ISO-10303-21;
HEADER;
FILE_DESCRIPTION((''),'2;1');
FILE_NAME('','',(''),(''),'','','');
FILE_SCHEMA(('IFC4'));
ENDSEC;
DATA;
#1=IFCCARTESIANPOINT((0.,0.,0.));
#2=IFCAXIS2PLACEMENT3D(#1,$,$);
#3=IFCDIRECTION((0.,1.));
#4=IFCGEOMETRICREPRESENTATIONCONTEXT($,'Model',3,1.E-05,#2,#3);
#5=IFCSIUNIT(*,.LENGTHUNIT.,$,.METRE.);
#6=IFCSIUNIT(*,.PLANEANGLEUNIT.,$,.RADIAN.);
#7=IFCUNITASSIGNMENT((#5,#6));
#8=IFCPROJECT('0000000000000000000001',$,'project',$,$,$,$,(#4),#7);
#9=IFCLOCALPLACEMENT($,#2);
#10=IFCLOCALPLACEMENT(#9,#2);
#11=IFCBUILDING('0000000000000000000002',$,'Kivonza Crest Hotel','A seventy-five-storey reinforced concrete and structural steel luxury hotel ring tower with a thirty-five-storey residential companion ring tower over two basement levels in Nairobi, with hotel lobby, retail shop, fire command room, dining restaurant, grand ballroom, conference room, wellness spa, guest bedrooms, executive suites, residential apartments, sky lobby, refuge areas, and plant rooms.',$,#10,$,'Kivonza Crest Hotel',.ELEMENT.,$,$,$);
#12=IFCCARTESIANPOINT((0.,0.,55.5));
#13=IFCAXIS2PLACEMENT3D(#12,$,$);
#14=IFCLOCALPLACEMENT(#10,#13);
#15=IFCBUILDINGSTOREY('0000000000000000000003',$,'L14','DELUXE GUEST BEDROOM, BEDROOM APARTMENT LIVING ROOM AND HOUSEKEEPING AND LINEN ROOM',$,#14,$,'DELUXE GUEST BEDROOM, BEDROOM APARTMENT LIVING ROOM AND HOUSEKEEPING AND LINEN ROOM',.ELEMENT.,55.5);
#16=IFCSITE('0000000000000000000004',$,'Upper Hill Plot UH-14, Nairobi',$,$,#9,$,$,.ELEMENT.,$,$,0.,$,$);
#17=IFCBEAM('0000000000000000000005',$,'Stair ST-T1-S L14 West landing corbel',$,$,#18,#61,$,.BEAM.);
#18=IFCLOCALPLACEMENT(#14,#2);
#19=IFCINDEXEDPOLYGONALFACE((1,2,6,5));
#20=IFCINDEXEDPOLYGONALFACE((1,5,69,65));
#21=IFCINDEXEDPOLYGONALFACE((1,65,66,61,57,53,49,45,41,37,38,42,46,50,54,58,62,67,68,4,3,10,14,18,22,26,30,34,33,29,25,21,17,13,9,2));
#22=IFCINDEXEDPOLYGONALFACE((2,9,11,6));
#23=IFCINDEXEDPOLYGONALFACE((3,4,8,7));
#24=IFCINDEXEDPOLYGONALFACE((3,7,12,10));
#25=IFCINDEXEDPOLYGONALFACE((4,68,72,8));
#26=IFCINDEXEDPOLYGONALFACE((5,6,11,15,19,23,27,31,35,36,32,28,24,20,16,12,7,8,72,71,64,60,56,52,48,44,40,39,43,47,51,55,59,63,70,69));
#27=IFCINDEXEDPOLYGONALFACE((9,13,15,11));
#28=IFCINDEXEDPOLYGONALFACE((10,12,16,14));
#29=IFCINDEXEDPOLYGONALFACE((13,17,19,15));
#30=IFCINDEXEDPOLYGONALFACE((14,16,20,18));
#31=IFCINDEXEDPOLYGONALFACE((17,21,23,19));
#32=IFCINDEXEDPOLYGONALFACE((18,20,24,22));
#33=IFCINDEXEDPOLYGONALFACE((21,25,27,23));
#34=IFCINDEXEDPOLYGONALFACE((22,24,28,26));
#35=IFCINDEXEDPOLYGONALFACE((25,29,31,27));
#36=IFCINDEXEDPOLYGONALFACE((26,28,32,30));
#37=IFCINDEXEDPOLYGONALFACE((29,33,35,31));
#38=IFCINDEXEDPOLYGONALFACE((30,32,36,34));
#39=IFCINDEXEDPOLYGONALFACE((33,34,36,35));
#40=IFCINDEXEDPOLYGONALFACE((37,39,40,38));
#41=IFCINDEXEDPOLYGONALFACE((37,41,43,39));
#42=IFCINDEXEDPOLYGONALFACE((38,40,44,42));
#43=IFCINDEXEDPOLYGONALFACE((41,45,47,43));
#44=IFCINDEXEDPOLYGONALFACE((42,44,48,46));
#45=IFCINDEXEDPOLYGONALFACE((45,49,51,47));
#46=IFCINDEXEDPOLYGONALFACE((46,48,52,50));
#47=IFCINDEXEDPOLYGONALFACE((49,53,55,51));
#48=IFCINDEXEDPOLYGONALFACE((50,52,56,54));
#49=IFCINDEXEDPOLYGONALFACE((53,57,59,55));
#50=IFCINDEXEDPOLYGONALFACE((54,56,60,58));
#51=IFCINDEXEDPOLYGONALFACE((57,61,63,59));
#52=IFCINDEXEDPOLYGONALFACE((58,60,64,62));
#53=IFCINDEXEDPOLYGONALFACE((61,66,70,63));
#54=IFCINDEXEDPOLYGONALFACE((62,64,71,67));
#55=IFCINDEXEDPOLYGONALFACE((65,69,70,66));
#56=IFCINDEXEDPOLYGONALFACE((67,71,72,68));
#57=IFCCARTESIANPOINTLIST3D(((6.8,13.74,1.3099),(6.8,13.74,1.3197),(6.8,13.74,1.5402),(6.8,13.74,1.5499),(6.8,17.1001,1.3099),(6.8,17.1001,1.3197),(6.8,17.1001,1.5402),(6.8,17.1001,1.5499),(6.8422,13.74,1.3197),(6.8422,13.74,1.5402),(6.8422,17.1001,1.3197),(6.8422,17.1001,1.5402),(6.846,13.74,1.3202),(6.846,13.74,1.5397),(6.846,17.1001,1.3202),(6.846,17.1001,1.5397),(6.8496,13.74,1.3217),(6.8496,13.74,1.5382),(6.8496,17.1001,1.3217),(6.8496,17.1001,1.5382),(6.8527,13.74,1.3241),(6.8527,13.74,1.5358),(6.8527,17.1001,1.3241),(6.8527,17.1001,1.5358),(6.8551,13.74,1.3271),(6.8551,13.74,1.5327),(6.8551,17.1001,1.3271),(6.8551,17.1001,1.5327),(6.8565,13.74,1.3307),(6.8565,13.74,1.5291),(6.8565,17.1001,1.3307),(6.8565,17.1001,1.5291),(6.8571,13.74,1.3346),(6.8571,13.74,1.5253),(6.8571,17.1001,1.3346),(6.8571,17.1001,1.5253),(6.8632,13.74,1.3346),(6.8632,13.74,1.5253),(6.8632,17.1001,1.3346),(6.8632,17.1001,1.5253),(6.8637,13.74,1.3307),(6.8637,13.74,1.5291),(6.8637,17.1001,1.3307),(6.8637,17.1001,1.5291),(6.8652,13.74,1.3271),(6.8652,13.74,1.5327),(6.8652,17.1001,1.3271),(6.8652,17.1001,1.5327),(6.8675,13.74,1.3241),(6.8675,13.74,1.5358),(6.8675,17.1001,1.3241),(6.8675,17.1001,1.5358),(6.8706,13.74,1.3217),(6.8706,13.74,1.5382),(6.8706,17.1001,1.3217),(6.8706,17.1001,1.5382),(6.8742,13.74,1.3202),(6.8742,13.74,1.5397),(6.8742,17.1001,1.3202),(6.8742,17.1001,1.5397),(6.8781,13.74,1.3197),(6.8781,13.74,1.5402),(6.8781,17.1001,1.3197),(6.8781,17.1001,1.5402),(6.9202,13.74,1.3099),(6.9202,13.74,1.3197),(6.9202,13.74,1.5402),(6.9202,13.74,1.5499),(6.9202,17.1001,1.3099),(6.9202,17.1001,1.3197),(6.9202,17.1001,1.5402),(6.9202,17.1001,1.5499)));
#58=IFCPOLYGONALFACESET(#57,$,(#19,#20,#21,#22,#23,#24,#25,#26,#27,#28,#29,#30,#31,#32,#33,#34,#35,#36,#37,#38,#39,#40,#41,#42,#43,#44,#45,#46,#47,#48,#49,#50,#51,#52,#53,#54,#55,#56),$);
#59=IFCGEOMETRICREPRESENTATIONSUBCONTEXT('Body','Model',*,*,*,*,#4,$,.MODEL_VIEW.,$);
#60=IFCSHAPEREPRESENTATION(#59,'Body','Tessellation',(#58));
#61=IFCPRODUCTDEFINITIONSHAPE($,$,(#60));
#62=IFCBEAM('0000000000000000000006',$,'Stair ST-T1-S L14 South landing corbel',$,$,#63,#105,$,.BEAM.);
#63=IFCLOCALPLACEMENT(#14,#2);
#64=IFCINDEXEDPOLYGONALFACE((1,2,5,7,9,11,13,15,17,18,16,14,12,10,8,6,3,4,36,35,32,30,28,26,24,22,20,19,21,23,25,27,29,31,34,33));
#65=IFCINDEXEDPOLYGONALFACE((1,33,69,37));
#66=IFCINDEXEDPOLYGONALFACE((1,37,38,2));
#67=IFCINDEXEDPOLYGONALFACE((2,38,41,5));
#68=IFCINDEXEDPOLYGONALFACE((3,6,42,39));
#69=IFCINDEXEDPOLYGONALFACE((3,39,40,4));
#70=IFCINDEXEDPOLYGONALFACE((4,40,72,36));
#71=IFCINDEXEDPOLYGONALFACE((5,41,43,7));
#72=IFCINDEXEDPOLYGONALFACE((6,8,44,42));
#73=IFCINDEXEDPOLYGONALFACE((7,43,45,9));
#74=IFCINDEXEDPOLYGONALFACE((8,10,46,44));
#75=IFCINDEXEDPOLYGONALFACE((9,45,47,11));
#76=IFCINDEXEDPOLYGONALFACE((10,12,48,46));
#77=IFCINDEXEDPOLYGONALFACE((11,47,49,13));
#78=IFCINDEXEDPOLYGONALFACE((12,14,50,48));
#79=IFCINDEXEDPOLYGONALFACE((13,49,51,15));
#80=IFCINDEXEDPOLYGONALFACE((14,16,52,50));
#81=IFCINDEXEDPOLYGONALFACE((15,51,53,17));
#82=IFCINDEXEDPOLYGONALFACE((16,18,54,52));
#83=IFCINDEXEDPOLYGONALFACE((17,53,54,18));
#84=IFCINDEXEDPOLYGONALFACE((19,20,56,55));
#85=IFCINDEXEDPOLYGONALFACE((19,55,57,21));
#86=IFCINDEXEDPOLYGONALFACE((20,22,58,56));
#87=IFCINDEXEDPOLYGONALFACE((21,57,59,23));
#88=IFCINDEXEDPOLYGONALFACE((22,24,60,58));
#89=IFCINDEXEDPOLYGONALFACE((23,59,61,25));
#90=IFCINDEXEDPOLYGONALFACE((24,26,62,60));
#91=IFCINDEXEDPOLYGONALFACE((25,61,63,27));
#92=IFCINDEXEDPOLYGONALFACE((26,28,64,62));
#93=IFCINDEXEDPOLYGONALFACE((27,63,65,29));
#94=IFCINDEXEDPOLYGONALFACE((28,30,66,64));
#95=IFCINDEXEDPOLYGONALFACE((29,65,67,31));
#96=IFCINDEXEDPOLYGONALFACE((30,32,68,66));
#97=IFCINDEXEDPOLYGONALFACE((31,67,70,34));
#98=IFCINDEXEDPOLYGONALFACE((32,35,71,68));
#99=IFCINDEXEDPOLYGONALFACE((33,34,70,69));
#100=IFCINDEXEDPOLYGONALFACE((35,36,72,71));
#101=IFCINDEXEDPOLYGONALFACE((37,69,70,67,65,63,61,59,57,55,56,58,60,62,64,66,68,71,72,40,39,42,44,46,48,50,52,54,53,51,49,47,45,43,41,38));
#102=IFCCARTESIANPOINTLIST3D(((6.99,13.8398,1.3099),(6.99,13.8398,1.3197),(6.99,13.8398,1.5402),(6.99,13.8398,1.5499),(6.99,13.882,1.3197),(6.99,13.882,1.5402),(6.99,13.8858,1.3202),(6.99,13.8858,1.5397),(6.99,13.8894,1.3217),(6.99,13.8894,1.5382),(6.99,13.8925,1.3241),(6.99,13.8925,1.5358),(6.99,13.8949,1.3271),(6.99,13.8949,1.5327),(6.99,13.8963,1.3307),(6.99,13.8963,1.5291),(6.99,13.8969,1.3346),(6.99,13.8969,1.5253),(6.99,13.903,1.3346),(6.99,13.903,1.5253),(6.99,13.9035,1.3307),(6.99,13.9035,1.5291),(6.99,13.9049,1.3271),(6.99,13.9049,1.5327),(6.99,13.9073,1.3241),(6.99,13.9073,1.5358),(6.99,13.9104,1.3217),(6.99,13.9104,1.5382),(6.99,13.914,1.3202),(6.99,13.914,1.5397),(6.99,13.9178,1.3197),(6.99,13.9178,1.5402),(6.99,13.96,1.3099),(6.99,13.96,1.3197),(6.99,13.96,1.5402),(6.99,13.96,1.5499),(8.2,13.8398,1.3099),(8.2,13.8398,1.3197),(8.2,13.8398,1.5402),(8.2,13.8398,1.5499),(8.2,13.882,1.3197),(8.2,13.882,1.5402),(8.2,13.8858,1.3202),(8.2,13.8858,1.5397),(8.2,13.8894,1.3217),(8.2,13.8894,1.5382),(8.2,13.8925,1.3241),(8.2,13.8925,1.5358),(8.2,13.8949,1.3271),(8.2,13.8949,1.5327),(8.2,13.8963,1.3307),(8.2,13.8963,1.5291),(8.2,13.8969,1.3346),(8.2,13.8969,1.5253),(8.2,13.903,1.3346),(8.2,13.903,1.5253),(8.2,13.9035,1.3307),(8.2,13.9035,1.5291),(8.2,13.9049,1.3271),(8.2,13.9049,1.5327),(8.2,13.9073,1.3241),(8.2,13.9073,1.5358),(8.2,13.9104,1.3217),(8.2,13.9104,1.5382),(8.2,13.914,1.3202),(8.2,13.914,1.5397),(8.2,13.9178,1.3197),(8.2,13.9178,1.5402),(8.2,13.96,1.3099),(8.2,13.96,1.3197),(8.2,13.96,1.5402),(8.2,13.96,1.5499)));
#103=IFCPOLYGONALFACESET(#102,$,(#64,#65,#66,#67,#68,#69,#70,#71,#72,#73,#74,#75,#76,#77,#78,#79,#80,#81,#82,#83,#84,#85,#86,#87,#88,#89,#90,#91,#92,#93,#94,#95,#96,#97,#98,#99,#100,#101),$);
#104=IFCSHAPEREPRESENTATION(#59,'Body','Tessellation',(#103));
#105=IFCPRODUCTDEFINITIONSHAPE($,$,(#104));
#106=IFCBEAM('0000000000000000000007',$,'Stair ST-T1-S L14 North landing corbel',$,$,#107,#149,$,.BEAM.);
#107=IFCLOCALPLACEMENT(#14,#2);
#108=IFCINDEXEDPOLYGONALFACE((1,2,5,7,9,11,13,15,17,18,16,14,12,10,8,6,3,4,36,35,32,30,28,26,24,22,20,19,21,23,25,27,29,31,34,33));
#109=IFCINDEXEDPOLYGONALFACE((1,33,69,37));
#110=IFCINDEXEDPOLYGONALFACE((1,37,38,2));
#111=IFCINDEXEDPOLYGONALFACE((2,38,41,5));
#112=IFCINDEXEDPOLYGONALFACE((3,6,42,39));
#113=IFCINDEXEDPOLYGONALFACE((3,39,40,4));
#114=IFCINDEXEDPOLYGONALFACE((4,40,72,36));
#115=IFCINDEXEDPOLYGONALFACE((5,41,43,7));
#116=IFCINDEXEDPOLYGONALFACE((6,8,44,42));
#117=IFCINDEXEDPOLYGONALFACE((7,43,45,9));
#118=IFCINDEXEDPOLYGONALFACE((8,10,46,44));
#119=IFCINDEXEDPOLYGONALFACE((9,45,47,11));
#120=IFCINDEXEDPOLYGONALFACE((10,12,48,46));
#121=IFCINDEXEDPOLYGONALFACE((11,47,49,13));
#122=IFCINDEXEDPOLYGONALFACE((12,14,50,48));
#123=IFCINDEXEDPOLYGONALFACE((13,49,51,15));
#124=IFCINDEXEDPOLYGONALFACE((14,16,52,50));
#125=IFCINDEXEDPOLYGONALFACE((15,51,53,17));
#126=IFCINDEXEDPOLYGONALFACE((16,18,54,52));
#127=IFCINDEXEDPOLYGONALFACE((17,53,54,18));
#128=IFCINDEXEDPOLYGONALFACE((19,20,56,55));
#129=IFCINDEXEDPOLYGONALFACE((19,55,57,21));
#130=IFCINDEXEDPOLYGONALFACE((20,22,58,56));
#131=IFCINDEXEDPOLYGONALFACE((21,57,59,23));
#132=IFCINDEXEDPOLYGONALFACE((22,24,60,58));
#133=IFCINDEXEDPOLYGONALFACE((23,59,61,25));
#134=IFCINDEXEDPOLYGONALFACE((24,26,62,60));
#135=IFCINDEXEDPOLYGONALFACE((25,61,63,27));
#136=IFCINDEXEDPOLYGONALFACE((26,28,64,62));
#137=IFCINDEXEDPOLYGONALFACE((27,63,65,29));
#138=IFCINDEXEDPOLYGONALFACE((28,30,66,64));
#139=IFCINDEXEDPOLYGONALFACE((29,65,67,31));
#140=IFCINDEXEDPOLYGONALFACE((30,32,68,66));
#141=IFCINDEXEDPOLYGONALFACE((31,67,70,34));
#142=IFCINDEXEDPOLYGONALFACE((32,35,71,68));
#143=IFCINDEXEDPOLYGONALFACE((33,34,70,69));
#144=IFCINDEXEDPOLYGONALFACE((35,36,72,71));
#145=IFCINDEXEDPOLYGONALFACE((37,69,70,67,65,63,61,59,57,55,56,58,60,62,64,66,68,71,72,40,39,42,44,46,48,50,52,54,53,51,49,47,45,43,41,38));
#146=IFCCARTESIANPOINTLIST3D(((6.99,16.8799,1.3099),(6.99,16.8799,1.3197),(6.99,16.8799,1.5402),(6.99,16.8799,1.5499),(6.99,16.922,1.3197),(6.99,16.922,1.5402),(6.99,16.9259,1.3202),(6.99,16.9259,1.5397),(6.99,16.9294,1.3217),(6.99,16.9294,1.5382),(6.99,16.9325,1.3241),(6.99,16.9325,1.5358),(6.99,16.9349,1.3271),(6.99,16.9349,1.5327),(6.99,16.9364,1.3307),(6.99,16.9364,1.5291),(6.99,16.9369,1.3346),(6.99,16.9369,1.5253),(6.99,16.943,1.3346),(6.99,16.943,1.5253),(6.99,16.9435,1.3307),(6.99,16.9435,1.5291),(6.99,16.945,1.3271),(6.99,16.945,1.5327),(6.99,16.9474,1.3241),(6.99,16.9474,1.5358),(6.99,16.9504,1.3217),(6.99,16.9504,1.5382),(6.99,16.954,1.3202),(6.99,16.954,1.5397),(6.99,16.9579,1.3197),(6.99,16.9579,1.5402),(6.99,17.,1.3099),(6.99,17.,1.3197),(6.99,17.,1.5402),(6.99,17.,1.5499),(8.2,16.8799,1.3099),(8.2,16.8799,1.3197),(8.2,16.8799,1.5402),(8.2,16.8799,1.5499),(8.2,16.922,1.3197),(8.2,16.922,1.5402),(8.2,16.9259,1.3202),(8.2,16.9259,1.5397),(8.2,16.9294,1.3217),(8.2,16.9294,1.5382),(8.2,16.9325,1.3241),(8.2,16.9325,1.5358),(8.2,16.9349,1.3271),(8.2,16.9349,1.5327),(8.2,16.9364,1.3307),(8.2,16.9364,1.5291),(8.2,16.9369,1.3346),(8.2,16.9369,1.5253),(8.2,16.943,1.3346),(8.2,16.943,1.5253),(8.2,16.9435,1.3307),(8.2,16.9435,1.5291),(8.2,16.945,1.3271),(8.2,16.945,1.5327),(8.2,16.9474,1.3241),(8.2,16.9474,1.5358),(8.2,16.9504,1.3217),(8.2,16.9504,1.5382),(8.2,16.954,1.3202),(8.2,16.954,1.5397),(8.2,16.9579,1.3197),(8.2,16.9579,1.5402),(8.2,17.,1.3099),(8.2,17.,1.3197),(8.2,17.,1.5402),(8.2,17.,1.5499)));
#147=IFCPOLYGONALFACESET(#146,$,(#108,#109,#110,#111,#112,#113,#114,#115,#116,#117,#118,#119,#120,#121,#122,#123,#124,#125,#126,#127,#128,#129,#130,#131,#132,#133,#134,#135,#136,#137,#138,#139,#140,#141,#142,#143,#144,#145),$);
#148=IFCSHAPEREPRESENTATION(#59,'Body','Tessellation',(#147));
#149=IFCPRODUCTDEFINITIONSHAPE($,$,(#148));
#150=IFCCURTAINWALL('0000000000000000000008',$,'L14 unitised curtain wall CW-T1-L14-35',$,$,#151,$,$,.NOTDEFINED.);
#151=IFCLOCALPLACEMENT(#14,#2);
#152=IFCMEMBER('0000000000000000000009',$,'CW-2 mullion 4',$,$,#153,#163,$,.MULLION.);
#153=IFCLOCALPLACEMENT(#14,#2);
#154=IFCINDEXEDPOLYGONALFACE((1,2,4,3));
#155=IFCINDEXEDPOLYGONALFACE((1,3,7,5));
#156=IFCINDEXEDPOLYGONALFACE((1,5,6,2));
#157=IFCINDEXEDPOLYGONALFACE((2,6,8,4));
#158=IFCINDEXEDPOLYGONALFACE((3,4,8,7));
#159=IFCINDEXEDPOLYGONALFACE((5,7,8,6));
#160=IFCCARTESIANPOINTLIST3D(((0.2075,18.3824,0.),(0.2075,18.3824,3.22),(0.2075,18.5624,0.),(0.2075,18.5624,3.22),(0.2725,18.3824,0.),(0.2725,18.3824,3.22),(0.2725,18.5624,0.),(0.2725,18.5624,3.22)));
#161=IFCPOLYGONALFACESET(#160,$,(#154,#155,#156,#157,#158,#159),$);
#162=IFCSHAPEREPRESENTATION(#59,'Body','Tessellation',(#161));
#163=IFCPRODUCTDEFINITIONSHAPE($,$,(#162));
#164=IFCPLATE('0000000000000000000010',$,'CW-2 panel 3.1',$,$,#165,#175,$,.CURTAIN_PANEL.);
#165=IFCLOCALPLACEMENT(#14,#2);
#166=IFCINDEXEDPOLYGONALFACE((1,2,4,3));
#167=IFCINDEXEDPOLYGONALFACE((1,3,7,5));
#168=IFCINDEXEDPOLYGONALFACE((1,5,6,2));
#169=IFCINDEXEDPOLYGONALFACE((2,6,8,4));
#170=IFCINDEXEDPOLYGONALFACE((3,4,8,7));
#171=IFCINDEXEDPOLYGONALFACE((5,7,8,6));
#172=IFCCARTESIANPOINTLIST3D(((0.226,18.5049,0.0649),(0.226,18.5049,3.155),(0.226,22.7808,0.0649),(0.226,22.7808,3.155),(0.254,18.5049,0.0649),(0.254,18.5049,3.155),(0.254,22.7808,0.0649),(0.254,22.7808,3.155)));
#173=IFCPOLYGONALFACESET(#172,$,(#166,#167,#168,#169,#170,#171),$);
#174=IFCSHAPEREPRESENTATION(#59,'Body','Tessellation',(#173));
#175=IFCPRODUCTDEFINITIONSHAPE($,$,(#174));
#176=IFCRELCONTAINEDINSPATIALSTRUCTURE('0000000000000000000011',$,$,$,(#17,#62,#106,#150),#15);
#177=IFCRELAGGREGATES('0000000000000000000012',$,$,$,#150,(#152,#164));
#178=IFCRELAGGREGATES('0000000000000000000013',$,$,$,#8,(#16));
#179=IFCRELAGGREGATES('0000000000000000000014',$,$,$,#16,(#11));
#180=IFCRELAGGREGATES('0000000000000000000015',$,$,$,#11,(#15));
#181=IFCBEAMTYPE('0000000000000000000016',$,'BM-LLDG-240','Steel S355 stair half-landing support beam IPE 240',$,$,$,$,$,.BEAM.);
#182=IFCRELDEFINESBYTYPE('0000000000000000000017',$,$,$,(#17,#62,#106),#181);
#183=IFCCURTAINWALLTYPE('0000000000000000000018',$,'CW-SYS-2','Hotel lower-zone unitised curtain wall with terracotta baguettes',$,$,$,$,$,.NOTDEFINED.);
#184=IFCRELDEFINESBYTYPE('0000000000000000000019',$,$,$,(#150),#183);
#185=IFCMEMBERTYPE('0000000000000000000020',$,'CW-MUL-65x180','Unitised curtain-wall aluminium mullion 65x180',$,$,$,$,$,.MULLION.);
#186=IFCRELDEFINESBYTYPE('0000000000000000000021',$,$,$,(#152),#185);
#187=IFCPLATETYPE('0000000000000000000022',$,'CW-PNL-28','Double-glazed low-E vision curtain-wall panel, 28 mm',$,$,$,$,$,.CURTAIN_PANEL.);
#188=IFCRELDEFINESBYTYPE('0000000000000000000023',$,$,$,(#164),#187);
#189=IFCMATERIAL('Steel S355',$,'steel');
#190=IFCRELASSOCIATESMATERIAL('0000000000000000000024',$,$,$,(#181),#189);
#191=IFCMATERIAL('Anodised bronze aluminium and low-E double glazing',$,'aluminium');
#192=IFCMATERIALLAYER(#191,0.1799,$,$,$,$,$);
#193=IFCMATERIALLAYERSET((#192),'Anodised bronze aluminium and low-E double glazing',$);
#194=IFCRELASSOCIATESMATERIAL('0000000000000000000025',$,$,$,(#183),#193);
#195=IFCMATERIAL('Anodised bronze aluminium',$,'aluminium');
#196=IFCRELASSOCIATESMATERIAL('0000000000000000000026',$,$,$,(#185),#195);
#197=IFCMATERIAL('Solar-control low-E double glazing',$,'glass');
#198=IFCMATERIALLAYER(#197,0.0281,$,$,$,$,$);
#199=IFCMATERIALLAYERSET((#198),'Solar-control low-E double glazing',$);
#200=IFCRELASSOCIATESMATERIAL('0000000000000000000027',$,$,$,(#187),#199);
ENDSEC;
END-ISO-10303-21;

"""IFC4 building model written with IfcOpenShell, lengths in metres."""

from ifc_helpers import new_model, si_unit, direction, frame, origin, origin_2d, place, context, subcontext, project, spatial, rectangle, i_section, extrude, material, layer, layer_set, material_profile, profile_set, type_object, element, aggregate, save


model = new_model("IFC4")

# Units and contexts
model_context = context("Model", 3, precision=1e-05, world=origin(), true_north=direction((0.0, 1.0)))
body_context = subcontext(model_context, "Body", "Model", "MODEL_VIEW")
ifc_project = project(units=[si_unit("LENGTHUNIT", "METRE"), si_unit("PLANEANGLEUNIT", "RADIAN")], contexts=[model_context])

# Site, building, storey
site_placement = place(None, origin())
site = spatial("IfcSite", under=ifc_project, at=site_placement, Name="Upper Hill Plot UH-14, Nairobi", CompositionType="ELEMENT", RefElevation=0.0)
building_placement = place(site_placement, origin())
building = spatial("IfcBuilding", under=site, at=building_placement, Name="Kivonza Crest Hotel", Description="A seventy-five-storey reinforced concrete and structural steel luxury hotel ring tower with a thirty-five-storey residential companion ring tower over two basement levels in Nairobi, with hotel lobby, retail shop, fire command room, dining restaurant, grand ballroom, conference room, wellness spa, guest bedrooms, executive suites, residential apartments, sky lobby, refuge areas, and plant rooms.", LongName="Kivonza Crest Hotel", CompositionType="ELEMENT")
storey_placement = place(building_placement, frame((0.0, 0.0, 55.5)))
storey = spatial("IfcBuildingStorey", under=building, at=storey_placement, Name="L14", Description="DELUXE GUEST BEDROOM, BEDROOM APARTMENT LIVING ROOM AND HOUSEKEEPING AND LINEN ROOM", LongName="DELUXE GUEST BEDROOM, BEDROOM APARTMENT LIVING ROOM AND HOUSEKEEPING AND LINEN ROOM", CompositionType="ELEMENT", Elevation=55.5)

# Beams
ifc_material_1 = material(Name="Steel S355", Category="steel")
ifc_material_profile_1 = material_profile(ifc_material_1, i_section(OverallWidth=0.1201, OverallDepth=0.24, WebThickness=0.0061, FlangeThickness=0.0098, FilletRadius=0.0149, at=origin_2d()), Name="IPE 240")
ifc_profile_set_1 = profile_set([ifc_material_profile_1], Name="Steel S355")
beam_type_1 = type_object("IfcBeamType", Name="BM-LLDG-240", Description="Steel S355 stair half-landing support beam IPE 240", PredefinedType="BEAM", material=ifc_profile_set_1)
beam_1_placement = place(storey_placement, frame((6.8601, 13.74, 1.4299), z_axis=(0.0, 1.0, 0.0), x_axis=(-1.0, 0.0, 0.0)))
element("IfcBeam", 1, at=beam_1_placement, inside=storey, type_object=beam_type_1, Name="Stair ST-T1-S L14 West landing corbel", PredefinedType="BEAM", context=body_context, shape_type="SweptSolid", body=[
    extrude(i_section(OverallWidth=0.1201, OverallDepth=0.24, WebThickness=0.0061, FlangeThickness=0.0098, FilletRadius=0.0149, at=origin_2d()), origin(), (0.0, 0.0, 1.0), 3.3601),
])
for number, where, z_axis, x_axis, name in (
    (2, (6.99, 13.8999, 1.4299), (1.0, 0.0, 0.0), (0.0, 1.0, 0.0), "Stair ST-T1-S L14 South landing corbel"),
    (3, (6.99, 16.9399, 1.4299), (1.0, 0.0, 0.0), (0.0, 1.0, 0.0), "Stair ST-T1-S L14 North landing corbel"),
):
    element("IfcBeam", number, at=place(storey_placement, frame(where, z_axis=z_axis, x_axis=x_axis)), inside=storey, type_object=beam_type_1, Name=name, PredefinedType="BEAM", context=body_context, shape_type="SweptSolid", body=[
        extrude(i_section(OverallWidth=0.1201, OverallDepth=0.24, WebThickness=0.0061, FlangeThickness=0.0098, FilletRadius=0.0149, at=origin_2d()), origin(), (0.0, 0.0, 1.0), 1.21),
    ])

# Curtain wall, member, plate
ifc_material_2 = material(Name="Anodised bronze aluminium and low-E double glazing", Category="aluminium")
ifc_layer_1 = layer(ifc_material_2, 0.1799)
ifc_layer_set_1 = layer_set([ifc_layer_1], Name="Anodised bronze aluminium and low-E double glazing")
curtain_wall_type = type_object("IfcCurtainWallType", Name="CW-SYS-2", Description="Hotel lower-zone unitised curtain wall with terracotta baguettes", PredefinedType="NOTDEFINED", material=ifc_layer_set_1)
curtain_wall_placement = place(storey_placement, origin())
curtain_wall = element("IfcCurtainWall", 4, at=curtain_wall_placement, inside=storey, type_object=curtain_wall_type, Name="L14 unitised curtain wall CW-T1-L14-35", PredefinedType="NOTDEFINED")
ifc_material_3 = material(Name="Anodised bronze aluminium", Category="aluminium")
ifc_material_profile_2 = material_profile(ifc_material_3, rectangle(XDim=0.0649, YDim=0.1799, at=origin_2d()), Name="CW-M 65x180")
ifc_profile_set_2 = profile_set([ifc_material_profile_2], Name="Anodised bronze aluminium")
member_type = type_object("IfcMemberType", Name="CW-MUL-65x180", Description="Unitised curtain-wall aluminium mullion 65x180", PredefinedType="MULLION", material=ifc_profile_set_2)
member_placement = place(storey_placement, frame((0.24, 18.4724, 0.0), z_axis=(0.0, 0.0, 1.0), x_axis=(1.0, 0.0, 0.0)))
member = element("IfcMember", 5, at=member_placement, type_object=member_type, Name="CW-2 mullion 4", PredefinedType="MULLION", context=body_context, shape_type="SweptSolid", body=[
    extrude(rectangle(XDim=0.0649, YDim=0.1799, at=origin_2d()), origin(), (0.0, 0.0, 1.0), 3.22),
])
ifc_material_4 = material(Name="Solar-control low-E double glazing", Category="glass")
ifc_layer_2 = layer(ifc_material_4, 0.0281)
ifc_layer_set_2 = layer_set([ifc_layer_2], Name="Solar-control low-E double glazing")
plate_type = type_object("IfcPlateType", Name="CW-PNL-28", Description="Double-glazed low-E vision curtain-wall panel, 28 mm", PredefinedType="CURTAIN_PANEL", material=ifc_layer_set_2)
plate_placement = place(storey_placement, frame((0.24, 20.6428, 0.0649), z_axis=(0.0, 0.0, 1.0), x_axis=(0.0, -1.0, 0.0)))
plate = element("IfcPlate", 6, at=plate_placement, type_object=plate_type, Name="CW-2 panel 3.1", PredefinedType="CURTAIN_PANEL", context=body_context, shape_type="SweptSolid", body=[
    extrude(rectangle(XDim=4.2759, YDim=0.0281, at=origin_2d()), origin(), (0.0, 0.0, 1.0), 3.0901),
])
aggregate(curtain_wall, [member, plate])

save(model, "model.ifc")
